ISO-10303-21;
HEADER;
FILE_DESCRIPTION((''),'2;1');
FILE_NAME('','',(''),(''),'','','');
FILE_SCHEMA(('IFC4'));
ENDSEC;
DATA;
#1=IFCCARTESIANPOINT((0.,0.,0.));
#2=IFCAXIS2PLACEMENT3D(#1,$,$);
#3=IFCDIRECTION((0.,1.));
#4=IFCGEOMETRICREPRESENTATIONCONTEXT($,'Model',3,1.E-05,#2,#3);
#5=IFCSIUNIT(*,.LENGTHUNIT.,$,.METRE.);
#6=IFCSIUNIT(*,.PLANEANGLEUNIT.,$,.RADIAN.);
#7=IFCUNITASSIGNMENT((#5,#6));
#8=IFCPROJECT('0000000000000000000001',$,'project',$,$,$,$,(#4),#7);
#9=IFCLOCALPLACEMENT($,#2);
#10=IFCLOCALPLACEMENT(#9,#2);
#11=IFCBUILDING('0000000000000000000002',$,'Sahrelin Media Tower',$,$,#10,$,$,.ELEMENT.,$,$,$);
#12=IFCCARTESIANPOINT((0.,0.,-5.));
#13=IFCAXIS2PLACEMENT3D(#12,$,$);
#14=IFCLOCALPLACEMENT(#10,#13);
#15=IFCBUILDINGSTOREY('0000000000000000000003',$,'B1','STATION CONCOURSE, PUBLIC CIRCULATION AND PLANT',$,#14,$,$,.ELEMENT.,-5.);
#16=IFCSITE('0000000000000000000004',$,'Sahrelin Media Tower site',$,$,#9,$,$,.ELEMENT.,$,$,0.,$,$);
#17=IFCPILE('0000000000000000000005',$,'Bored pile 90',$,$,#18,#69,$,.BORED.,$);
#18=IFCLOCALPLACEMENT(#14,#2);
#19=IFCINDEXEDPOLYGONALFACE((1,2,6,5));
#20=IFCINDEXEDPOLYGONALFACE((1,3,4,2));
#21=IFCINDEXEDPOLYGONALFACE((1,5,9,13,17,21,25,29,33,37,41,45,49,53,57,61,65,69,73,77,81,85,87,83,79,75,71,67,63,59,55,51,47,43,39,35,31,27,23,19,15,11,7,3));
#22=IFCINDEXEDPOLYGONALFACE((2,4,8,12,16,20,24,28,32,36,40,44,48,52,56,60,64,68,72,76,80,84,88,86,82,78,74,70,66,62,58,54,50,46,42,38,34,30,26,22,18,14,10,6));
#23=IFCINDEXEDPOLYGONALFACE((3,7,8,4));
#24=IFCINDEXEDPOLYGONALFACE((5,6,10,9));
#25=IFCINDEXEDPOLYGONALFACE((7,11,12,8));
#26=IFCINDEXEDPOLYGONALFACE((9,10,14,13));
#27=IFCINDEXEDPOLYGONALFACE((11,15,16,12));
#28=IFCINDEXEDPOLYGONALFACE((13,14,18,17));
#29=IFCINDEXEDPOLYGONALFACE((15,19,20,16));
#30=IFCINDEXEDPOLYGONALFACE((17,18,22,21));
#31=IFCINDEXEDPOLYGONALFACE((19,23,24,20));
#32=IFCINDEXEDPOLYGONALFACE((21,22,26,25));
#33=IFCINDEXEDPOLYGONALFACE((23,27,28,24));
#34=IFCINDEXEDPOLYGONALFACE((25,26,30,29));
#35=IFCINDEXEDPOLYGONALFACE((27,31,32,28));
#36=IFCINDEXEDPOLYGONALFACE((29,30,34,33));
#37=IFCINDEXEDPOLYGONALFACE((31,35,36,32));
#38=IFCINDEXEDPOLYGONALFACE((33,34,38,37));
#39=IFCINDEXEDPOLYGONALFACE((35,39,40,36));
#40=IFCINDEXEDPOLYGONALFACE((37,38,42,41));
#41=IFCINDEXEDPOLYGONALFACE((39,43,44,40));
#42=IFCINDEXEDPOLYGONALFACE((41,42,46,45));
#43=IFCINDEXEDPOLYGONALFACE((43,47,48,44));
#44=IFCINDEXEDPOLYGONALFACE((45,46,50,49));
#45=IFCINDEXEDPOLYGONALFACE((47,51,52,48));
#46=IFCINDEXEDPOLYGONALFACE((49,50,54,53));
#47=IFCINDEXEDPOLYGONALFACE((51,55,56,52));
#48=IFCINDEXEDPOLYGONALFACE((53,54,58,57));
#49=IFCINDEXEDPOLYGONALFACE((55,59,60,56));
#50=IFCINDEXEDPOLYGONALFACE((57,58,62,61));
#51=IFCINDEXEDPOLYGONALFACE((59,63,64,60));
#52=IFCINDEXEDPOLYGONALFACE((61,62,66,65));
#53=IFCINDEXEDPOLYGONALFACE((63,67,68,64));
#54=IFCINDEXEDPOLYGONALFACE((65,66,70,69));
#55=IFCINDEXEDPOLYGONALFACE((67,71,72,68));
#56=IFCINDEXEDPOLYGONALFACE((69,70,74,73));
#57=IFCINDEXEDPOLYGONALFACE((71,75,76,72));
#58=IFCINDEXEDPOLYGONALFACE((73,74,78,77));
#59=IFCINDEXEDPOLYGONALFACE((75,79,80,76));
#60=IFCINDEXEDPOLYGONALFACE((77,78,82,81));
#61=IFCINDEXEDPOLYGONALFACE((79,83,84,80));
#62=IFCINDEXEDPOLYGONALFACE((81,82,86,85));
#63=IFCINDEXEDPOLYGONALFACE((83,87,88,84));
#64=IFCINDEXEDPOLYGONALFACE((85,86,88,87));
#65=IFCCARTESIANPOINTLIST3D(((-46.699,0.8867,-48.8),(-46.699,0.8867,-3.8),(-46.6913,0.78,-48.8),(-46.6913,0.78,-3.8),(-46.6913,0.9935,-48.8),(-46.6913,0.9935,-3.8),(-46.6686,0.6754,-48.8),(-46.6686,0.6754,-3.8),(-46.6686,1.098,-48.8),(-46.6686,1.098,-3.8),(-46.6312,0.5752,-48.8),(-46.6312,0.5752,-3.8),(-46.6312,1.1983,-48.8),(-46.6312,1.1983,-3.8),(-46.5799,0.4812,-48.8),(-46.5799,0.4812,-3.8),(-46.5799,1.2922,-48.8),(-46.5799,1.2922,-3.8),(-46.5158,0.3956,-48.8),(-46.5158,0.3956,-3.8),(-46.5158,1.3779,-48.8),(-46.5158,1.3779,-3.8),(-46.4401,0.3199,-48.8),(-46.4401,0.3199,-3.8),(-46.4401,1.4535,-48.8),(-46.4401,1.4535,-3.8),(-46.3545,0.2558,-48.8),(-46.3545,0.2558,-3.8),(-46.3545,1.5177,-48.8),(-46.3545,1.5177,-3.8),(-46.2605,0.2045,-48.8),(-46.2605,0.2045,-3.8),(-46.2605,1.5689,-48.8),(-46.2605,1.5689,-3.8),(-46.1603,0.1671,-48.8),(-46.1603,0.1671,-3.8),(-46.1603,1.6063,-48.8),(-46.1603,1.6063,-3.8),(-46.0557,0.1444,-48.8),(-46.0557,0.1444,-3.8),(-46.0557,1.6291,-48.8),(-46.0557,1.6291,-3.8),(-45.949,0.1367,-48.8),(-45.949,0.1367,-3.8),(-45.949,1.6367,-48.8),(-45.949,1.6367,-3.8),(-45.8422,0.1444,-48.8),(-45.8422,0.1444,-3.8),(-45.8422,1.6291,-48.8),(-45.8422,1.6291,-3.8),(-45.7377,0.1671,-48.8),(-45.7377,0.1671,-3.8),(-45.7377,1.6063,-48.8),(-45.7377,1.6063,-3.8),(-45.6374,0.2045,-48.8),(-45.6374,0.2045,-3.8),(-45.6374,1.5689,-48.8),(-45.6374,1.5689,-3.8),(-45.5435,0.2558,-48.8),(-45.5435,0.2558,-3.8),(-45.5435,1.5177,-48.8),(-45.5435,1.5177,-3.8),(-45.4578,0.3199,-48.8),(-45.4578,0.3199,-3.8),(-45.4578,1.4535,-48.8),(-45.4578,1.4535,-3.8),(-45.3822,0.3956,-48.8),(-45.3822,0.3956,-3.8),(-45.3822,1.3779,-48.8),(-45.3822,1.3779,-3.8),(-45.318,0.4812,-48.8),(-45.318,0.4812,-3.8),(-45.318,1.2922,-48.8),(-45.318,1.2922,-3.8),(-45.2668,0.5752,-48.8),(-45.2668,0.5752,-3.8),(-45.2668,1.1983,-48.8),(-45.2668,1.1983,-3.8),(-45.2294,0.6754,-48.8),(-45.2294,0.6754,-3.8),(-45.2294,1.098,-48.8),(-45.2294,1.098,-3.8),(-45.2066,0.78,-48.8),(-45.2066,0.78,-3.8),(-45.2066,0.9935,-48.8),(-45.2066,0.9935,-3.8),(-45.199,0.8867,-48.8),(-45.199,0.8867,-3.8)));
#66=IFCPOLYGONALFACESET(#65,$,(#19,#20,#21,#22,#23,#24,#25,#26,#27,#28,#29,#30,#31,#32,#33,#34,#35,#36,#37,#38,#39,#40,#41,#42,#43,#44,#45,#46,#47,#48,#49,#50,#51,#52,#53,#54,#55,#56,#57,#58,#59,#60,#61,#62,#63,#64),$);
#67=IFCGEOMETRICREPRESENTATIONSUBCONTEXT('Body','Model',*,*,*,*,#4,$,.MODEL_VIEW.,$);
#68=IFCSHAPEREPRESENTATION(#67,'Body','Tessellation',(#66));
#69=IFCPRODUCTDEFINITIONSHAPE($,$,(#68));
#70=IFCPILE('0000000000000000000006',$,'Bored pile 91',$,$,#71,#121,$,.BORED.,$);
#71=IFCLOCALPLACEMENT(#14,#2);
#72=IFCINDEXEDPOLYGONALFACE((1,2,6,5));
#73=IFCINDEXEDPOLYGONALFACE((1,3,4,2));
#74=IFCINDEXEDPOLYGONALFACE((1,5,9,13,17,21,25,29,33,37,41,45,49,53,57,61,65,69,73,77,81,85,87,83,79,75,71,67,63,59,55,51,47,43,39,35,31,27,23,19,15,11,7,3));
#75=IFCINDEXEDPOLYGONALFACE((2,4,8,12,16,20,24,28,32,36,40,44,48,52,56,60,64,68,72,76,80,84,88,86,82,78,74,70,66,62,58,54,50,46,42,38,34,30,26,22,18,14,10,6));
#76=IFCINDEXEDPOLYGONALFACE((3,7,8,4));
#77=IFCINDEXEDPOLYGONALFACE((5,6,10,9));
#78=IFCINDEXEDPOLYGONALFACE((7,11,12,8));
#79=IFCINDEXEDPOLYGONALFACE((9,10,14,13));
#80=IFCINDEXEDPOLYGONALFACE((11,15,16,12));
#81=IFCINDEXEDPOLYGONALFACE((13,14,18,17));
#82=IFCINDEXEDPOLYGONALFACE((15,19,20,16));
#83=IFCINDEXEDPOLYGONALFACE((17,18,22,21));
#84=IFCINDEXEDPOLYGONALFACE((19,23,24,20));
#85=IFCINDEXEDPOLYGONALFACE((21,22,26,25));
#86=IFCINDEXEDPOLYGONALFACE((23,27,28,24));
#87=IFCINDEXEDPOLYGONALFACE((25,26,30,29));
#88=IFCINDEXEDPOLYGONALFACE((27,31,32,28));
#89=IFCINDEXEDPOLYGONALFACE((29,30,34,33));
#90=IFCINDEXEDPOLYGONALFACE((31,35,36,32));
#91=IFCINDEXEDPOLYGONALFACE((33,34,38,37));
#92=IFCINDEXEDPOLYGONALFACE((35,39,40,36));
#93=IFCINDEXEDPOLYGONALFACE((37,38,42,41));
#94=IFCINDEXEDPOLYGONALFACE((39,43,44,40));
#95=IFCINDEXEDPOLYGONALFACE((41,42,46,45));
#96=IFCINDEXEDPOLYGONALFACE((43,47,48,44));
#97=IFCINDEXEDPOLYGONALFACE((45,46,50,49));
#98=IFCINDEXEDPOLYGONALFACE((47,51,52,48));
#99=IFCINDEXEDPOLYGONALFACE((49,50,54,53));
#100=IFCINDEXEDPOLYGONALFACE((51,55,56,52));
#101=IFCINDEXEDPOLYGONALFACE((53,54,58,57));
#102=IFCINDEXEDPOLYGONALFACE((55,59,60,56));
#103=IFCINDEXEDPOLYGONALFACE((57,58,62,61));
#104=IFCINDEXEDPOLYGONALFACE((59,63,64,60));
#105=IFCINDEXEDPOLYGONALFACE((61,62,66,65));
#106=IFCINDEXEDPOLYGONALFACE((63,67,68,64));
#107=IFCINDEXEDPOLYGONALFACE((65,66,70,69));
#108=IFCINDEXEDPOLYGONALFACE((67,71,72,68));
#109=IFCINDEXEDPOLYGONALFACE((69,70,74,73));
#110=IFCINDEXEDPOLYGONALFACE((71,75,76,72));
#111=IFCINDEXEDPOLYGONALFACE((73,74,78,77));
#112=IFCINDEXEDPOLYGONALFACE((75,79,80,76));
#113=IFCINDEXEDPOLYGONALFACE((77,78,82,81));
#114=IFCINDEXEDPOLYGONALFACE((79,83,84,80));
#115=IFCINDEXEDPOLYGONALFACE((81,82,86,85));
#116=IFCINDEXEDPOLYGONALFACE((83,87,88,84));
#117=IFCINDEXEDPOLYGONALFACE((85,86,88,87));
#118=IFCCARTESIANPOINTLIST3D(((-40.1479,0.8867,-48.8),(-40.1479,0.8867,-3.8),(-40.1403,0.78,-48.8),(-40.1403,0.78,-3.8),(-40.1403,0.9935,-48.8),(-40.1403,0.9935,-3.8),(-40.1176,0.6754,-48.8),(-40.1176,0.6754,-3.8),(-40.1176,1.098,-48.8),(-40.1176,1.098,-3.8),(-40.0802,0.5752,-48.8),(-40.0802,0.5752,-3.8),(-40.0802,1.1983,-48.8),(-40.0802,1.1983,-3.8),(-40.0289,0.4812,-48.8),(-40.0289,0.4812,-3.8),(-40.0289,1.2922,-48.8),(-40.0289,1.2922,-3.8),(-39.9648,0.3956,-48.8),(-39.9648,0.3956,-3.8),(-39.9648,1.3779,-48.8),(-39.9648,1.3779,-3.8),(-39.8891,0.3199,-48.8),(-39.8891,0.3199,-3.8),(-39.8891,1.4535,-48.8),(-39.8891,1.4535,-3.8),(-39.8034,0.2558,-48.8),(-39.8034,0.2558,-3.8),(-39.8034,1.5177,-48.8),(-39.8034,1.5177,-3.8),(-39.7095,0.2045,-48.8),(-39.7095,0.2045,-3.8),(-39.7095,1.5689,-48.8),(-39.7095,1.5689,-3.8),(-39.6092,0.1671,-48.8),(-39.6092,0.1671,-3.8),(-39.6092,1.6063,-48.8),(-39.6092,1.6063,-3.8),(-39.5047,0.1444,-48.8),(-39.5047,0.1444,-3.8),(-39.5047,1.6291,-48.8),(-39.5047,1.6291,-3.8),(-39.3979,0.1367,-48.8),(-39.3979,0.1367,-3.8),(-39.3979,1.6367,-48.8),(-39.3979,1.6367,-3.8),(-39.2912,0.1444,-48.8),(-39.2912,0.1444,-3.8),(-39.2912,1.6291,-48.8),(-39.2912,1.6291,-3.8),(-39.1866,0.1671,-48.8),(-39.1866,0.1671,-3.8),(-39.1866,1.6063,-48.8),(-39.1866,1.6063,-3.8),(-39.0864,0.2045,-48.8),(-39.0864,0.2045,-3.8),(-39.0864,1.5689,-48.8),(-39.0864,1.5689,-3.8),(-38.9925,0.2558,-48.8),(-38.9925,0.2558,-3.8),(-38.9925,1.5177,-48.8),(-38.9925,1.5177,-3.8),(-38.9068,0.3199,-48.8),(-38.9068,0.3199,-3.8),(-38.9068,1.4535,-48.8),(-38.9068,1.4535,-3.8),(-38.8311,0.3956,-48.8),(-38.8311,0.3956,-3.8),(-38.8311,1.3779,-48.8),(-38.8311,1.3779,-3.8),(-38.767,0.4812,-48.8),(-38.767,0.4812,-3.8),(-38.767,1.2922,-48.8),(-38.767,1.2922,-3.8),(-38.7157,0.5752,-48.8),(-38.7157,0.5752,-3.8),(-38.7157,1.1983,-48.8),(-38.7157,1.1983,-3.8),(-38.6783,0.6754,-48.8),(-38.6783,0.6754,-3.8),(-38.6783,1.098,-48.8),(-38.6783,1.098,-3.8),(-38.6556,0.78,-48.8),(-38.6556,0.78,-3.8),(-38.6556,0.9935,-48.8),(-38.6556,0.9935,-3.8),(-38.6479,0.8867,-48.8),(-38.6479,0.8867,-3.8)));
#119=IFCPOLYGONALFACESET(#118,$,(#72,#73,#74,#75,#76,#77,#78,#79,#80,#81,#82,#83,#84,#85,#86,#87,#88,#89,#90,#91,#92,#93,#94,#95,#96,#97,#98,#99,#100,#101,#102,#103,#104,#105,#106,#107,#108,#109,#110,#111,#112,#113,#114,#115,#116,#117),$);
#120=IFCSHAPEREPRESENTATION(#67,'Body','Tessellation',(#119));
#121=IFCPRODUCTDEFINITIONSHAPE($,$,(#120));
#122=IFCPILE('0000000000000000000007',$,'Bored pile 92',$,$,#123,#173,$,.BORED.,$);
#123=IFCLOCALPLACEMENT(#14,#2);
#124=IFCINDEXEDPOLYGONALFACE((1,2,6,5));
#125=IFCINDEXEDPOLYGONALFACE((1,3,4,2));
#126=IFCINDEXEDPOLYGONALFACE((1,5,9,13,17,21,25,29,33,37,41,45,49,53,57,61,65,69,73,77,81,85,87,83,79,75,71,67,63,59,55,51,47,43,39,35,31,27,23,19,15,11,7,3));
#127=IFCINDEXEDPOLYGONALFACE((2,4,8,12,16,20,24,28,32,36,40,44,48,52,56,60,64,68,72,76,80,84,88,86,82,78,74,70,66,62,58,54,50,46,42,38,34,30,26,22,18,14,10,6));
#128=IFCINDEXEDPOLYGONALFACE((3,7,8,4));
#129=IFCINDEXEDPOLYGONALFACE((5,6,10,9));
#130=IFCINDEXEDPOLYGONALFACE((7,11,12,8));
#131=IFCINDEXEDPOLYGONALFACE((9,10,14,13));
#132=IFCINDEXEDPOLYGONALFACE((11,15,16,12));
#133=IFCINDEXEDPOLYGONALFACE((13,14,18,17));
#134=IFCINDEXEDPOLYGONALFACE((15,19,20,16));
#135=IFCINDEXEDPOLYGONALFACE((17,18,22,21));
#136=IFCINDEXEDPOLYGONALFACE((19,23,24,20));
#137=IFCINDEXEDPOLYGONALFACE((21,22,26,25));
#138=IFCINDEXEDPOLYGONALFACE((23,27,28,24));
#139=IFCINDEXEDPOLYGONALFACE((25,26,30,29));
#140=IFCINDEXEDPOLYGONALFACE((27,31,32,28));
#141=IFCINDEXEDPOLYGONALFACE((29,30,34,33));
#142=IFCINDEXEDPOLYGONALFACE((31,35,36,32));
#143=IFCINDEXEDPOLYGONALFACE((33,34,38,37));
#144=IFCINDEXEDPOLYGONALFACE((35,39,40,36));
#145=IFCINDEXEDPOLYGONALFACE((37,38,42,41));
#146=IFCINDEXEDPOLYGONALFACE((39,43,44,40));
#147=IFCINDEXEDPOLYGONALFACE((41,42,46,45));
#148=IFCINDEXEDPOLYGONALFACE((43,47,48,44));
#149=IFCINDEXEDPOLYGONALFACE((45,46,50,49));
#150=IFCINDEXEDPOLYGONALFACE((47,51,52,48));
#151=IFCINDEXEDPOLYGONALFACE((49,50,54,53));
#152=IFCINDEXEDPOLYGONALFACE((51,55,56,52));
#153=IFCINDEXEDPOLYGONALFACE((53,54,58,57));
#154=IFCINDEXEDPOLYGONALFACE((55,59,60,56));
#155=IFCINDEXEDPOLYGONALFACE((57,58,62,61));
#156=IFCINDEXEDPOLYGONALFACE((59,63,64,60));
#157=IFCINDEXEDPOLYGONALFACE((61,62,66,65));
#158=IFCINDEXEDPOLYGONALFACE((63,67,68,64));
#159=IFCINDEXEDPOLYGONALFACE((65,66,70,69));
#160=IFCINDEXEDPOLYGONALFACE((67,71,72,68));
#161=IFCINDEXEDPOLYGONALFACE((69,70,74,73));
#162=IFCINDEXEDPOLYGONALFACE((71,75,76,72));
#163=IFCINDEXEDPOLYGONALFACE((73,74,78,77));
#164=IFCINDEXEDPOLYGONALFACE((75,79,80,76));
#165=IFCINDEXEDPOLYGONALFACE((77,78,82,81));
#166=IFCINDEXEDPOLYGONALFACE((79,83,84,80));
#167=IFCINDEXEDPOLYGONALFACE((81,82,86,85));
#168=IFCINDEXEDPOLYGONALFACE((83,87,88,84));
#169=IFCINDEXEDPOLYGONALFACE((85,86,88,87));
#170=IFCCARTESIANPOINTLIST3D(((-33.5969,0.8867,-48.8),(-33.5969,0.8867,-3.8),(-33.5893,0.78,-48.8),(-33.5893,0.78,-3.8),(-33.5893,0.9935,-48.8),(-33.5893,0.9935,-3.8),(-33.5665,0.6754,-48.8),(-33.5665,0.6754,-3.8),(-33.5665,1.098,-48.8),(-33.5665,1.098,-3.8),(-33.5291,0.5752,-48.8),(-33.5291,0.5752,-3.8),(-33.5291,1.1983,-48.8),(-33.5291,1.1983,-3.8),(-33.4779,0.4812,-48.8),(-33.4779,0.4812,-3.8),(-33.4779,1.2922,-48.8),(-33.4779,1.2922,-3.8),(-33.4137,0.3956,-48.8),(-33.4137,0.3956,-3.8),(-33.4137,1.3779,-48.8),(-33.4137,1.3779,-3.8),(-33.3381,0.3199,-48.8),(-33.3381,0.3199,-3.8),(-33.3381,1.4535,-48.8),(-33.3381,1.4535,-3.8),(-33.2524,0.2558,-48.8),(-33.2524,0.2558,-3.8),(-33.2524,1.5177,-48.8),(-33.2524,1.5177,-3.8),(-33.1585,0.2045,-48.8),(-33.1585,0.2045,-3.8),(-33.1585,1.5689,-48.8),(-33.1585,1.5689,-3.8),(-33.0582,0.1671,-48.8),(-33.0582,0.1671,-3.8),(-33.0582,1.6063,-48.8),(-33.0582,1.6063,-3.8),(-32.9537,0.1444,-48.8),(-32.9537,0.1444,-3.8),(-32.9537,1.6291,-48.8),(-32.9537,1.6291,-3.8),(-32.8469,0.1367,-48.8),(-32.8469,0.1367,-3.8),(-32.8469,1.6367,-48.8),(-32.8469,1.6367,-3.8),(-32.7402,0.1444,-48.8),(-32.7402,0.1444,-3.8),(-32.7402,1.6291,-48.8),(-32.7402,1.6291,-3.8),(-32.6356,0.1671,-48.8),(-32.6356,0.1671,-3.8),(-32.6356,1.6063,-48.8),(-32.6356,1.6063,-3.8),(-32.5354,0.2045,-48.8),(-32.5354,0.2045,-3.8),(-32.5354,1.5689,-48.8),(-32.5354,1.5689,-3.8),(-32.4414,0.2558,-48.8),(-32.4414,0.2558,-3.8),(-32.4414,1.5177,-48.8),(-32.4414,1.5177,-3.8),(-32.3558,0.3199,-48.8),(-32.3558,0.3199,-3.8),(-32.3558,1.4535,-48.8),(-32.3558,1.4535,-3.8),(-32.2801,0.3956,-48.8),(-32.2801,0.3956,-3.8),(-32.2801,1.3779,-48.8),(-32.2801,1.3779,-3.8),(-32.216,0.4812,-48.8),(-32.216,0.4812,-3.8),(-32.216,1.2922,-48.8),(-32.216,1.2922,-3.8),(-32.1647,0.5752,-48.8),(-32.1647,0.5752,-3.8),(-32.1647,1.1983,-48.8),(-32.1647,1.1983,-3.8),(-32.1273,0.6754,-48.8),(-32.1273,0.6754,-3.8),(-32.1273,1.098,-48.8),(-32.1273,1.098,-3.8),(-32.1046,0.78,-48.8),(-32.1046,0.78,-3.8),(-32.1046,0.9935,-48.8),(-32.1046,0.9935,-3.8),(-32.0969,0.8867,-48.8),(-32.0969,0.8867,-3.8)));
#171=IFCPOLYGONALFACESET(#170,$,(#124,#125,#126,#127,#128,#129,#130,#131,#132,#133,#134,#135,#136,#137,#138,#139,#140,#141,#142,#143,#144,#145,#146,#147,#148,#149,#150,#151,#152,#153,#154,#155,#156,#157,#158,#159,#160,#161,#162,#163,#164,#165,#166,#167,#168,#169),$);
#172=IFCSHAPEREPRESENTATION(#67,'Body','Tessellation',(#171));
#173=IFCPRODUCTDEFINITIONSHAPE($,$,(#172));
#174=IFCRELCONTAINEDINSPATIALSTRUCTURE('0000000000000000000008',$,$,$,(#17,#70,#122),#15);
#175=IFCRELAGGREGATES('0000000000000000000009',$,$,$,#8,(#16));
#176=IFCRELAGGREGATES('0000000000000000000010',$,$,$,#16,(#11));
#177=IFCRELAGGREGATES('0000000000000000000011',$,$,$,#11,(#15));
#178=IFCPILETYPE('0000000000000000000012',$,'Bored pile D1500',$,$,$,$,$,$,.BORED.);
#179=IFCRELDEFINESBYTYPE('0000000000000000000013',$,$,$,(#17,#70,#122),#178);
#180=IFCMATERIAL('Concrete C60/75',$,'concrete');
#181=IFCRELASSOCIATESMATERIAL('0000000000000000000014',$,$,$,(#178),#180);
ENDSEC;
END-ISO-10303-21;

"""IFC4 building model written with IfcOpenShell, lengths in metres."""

from ifc_helpers import new_model, si_unit, direction, frame, origin, origin_2d, place, context, subcontext, project, spatial, circle, extrude, material, material_profile, profile_set, type_object, element, save


model = new_model("IFC4")

# Units and contexts
model_context = context("Model", 3, precision=1e-05, world=origin(), true_north=direction((0.0, 1.0)))
body_context = subcontext(model_context, "Body", "Model", "MODEL_VIEW")
ifc_project = project(units=[si_unit("LENGTHUNIT", "METRE"), si_unit("PLANEANGLEUNIT", "RADIAN")], contexts=[model_context])

# Site, building, storey
site_placement = place(None, origin())
site = spatial("IfcSite", under=ifc_project, at=site_placement, Name="Sahrelin Media Tower site", CompositionType="ELEMENT", RefElevation=0.0)
building_placement = place(site_placement, origin())
building = spatial("IfcBuilding", under=site, at=building_placement, Name="Sahrelin Media Tower", CompositionType="ELEMENT")
storey_placement = place(building_placement, frame((0.0, 0.0, -5.0)))
storey = spatial("IfcBuildingStorey", under=building, at=storey_placement, Name="B1", Description="STATION CONCOURSE, PUBLIC CIRCULATION AND PLANT", CompositionType="ELEMENT", Elevation=-5.0)

# Piles
ifc_material_1 = material(Name="Concrete C60/75", Category="concrete")
ifc_material_profile_1 = material_profile(ifc_material_1, circle(Radius=0.75, at=origin_2d()), Name="Bored pile D1500")
ifc_profile_set_1 = profile_set([ifc_material_profile_1], Name="Concrete C60/75")
pile_type = type_object("IfcPileType", Name="Bored pile D1500", PredefinedType="BORED", material=ifc_profile_set_1)
for number, where, z_axis, x_axis, name in (
    (1, (-45.949, 0.8867, -3.8), (0.0, 0.0, -1.0), (1.0, 0.0, 0.0), "Bored pile 90"),
    (2, (-39.3979, 0.8867, -3.8), (0.0, 0.0, -1.0), (1.0, 0.0, 0.0), "Bored pile 91"),
    (3, (-32.8469, 0.8867, -3.8), (0.0, 0.0, -1.0), (1.0, 0.0, 0.0), "Bored pile 92"),
):
    element("IfcPile", number, at=place(storey_placement, frame(where, z_axis=z_axis, x_axis=x_axis)), inside=storey, type_object=pile_type, Name=name, PredefinedType="BORED", context=body_context, shape_type="SweptSolid", body=[
        extrude(circle(Radius=0.75, at=origin_2d()), origin(), (0.0, 0.0, 1.0), 45.0),
    ])

save(model, "model.ifc")
